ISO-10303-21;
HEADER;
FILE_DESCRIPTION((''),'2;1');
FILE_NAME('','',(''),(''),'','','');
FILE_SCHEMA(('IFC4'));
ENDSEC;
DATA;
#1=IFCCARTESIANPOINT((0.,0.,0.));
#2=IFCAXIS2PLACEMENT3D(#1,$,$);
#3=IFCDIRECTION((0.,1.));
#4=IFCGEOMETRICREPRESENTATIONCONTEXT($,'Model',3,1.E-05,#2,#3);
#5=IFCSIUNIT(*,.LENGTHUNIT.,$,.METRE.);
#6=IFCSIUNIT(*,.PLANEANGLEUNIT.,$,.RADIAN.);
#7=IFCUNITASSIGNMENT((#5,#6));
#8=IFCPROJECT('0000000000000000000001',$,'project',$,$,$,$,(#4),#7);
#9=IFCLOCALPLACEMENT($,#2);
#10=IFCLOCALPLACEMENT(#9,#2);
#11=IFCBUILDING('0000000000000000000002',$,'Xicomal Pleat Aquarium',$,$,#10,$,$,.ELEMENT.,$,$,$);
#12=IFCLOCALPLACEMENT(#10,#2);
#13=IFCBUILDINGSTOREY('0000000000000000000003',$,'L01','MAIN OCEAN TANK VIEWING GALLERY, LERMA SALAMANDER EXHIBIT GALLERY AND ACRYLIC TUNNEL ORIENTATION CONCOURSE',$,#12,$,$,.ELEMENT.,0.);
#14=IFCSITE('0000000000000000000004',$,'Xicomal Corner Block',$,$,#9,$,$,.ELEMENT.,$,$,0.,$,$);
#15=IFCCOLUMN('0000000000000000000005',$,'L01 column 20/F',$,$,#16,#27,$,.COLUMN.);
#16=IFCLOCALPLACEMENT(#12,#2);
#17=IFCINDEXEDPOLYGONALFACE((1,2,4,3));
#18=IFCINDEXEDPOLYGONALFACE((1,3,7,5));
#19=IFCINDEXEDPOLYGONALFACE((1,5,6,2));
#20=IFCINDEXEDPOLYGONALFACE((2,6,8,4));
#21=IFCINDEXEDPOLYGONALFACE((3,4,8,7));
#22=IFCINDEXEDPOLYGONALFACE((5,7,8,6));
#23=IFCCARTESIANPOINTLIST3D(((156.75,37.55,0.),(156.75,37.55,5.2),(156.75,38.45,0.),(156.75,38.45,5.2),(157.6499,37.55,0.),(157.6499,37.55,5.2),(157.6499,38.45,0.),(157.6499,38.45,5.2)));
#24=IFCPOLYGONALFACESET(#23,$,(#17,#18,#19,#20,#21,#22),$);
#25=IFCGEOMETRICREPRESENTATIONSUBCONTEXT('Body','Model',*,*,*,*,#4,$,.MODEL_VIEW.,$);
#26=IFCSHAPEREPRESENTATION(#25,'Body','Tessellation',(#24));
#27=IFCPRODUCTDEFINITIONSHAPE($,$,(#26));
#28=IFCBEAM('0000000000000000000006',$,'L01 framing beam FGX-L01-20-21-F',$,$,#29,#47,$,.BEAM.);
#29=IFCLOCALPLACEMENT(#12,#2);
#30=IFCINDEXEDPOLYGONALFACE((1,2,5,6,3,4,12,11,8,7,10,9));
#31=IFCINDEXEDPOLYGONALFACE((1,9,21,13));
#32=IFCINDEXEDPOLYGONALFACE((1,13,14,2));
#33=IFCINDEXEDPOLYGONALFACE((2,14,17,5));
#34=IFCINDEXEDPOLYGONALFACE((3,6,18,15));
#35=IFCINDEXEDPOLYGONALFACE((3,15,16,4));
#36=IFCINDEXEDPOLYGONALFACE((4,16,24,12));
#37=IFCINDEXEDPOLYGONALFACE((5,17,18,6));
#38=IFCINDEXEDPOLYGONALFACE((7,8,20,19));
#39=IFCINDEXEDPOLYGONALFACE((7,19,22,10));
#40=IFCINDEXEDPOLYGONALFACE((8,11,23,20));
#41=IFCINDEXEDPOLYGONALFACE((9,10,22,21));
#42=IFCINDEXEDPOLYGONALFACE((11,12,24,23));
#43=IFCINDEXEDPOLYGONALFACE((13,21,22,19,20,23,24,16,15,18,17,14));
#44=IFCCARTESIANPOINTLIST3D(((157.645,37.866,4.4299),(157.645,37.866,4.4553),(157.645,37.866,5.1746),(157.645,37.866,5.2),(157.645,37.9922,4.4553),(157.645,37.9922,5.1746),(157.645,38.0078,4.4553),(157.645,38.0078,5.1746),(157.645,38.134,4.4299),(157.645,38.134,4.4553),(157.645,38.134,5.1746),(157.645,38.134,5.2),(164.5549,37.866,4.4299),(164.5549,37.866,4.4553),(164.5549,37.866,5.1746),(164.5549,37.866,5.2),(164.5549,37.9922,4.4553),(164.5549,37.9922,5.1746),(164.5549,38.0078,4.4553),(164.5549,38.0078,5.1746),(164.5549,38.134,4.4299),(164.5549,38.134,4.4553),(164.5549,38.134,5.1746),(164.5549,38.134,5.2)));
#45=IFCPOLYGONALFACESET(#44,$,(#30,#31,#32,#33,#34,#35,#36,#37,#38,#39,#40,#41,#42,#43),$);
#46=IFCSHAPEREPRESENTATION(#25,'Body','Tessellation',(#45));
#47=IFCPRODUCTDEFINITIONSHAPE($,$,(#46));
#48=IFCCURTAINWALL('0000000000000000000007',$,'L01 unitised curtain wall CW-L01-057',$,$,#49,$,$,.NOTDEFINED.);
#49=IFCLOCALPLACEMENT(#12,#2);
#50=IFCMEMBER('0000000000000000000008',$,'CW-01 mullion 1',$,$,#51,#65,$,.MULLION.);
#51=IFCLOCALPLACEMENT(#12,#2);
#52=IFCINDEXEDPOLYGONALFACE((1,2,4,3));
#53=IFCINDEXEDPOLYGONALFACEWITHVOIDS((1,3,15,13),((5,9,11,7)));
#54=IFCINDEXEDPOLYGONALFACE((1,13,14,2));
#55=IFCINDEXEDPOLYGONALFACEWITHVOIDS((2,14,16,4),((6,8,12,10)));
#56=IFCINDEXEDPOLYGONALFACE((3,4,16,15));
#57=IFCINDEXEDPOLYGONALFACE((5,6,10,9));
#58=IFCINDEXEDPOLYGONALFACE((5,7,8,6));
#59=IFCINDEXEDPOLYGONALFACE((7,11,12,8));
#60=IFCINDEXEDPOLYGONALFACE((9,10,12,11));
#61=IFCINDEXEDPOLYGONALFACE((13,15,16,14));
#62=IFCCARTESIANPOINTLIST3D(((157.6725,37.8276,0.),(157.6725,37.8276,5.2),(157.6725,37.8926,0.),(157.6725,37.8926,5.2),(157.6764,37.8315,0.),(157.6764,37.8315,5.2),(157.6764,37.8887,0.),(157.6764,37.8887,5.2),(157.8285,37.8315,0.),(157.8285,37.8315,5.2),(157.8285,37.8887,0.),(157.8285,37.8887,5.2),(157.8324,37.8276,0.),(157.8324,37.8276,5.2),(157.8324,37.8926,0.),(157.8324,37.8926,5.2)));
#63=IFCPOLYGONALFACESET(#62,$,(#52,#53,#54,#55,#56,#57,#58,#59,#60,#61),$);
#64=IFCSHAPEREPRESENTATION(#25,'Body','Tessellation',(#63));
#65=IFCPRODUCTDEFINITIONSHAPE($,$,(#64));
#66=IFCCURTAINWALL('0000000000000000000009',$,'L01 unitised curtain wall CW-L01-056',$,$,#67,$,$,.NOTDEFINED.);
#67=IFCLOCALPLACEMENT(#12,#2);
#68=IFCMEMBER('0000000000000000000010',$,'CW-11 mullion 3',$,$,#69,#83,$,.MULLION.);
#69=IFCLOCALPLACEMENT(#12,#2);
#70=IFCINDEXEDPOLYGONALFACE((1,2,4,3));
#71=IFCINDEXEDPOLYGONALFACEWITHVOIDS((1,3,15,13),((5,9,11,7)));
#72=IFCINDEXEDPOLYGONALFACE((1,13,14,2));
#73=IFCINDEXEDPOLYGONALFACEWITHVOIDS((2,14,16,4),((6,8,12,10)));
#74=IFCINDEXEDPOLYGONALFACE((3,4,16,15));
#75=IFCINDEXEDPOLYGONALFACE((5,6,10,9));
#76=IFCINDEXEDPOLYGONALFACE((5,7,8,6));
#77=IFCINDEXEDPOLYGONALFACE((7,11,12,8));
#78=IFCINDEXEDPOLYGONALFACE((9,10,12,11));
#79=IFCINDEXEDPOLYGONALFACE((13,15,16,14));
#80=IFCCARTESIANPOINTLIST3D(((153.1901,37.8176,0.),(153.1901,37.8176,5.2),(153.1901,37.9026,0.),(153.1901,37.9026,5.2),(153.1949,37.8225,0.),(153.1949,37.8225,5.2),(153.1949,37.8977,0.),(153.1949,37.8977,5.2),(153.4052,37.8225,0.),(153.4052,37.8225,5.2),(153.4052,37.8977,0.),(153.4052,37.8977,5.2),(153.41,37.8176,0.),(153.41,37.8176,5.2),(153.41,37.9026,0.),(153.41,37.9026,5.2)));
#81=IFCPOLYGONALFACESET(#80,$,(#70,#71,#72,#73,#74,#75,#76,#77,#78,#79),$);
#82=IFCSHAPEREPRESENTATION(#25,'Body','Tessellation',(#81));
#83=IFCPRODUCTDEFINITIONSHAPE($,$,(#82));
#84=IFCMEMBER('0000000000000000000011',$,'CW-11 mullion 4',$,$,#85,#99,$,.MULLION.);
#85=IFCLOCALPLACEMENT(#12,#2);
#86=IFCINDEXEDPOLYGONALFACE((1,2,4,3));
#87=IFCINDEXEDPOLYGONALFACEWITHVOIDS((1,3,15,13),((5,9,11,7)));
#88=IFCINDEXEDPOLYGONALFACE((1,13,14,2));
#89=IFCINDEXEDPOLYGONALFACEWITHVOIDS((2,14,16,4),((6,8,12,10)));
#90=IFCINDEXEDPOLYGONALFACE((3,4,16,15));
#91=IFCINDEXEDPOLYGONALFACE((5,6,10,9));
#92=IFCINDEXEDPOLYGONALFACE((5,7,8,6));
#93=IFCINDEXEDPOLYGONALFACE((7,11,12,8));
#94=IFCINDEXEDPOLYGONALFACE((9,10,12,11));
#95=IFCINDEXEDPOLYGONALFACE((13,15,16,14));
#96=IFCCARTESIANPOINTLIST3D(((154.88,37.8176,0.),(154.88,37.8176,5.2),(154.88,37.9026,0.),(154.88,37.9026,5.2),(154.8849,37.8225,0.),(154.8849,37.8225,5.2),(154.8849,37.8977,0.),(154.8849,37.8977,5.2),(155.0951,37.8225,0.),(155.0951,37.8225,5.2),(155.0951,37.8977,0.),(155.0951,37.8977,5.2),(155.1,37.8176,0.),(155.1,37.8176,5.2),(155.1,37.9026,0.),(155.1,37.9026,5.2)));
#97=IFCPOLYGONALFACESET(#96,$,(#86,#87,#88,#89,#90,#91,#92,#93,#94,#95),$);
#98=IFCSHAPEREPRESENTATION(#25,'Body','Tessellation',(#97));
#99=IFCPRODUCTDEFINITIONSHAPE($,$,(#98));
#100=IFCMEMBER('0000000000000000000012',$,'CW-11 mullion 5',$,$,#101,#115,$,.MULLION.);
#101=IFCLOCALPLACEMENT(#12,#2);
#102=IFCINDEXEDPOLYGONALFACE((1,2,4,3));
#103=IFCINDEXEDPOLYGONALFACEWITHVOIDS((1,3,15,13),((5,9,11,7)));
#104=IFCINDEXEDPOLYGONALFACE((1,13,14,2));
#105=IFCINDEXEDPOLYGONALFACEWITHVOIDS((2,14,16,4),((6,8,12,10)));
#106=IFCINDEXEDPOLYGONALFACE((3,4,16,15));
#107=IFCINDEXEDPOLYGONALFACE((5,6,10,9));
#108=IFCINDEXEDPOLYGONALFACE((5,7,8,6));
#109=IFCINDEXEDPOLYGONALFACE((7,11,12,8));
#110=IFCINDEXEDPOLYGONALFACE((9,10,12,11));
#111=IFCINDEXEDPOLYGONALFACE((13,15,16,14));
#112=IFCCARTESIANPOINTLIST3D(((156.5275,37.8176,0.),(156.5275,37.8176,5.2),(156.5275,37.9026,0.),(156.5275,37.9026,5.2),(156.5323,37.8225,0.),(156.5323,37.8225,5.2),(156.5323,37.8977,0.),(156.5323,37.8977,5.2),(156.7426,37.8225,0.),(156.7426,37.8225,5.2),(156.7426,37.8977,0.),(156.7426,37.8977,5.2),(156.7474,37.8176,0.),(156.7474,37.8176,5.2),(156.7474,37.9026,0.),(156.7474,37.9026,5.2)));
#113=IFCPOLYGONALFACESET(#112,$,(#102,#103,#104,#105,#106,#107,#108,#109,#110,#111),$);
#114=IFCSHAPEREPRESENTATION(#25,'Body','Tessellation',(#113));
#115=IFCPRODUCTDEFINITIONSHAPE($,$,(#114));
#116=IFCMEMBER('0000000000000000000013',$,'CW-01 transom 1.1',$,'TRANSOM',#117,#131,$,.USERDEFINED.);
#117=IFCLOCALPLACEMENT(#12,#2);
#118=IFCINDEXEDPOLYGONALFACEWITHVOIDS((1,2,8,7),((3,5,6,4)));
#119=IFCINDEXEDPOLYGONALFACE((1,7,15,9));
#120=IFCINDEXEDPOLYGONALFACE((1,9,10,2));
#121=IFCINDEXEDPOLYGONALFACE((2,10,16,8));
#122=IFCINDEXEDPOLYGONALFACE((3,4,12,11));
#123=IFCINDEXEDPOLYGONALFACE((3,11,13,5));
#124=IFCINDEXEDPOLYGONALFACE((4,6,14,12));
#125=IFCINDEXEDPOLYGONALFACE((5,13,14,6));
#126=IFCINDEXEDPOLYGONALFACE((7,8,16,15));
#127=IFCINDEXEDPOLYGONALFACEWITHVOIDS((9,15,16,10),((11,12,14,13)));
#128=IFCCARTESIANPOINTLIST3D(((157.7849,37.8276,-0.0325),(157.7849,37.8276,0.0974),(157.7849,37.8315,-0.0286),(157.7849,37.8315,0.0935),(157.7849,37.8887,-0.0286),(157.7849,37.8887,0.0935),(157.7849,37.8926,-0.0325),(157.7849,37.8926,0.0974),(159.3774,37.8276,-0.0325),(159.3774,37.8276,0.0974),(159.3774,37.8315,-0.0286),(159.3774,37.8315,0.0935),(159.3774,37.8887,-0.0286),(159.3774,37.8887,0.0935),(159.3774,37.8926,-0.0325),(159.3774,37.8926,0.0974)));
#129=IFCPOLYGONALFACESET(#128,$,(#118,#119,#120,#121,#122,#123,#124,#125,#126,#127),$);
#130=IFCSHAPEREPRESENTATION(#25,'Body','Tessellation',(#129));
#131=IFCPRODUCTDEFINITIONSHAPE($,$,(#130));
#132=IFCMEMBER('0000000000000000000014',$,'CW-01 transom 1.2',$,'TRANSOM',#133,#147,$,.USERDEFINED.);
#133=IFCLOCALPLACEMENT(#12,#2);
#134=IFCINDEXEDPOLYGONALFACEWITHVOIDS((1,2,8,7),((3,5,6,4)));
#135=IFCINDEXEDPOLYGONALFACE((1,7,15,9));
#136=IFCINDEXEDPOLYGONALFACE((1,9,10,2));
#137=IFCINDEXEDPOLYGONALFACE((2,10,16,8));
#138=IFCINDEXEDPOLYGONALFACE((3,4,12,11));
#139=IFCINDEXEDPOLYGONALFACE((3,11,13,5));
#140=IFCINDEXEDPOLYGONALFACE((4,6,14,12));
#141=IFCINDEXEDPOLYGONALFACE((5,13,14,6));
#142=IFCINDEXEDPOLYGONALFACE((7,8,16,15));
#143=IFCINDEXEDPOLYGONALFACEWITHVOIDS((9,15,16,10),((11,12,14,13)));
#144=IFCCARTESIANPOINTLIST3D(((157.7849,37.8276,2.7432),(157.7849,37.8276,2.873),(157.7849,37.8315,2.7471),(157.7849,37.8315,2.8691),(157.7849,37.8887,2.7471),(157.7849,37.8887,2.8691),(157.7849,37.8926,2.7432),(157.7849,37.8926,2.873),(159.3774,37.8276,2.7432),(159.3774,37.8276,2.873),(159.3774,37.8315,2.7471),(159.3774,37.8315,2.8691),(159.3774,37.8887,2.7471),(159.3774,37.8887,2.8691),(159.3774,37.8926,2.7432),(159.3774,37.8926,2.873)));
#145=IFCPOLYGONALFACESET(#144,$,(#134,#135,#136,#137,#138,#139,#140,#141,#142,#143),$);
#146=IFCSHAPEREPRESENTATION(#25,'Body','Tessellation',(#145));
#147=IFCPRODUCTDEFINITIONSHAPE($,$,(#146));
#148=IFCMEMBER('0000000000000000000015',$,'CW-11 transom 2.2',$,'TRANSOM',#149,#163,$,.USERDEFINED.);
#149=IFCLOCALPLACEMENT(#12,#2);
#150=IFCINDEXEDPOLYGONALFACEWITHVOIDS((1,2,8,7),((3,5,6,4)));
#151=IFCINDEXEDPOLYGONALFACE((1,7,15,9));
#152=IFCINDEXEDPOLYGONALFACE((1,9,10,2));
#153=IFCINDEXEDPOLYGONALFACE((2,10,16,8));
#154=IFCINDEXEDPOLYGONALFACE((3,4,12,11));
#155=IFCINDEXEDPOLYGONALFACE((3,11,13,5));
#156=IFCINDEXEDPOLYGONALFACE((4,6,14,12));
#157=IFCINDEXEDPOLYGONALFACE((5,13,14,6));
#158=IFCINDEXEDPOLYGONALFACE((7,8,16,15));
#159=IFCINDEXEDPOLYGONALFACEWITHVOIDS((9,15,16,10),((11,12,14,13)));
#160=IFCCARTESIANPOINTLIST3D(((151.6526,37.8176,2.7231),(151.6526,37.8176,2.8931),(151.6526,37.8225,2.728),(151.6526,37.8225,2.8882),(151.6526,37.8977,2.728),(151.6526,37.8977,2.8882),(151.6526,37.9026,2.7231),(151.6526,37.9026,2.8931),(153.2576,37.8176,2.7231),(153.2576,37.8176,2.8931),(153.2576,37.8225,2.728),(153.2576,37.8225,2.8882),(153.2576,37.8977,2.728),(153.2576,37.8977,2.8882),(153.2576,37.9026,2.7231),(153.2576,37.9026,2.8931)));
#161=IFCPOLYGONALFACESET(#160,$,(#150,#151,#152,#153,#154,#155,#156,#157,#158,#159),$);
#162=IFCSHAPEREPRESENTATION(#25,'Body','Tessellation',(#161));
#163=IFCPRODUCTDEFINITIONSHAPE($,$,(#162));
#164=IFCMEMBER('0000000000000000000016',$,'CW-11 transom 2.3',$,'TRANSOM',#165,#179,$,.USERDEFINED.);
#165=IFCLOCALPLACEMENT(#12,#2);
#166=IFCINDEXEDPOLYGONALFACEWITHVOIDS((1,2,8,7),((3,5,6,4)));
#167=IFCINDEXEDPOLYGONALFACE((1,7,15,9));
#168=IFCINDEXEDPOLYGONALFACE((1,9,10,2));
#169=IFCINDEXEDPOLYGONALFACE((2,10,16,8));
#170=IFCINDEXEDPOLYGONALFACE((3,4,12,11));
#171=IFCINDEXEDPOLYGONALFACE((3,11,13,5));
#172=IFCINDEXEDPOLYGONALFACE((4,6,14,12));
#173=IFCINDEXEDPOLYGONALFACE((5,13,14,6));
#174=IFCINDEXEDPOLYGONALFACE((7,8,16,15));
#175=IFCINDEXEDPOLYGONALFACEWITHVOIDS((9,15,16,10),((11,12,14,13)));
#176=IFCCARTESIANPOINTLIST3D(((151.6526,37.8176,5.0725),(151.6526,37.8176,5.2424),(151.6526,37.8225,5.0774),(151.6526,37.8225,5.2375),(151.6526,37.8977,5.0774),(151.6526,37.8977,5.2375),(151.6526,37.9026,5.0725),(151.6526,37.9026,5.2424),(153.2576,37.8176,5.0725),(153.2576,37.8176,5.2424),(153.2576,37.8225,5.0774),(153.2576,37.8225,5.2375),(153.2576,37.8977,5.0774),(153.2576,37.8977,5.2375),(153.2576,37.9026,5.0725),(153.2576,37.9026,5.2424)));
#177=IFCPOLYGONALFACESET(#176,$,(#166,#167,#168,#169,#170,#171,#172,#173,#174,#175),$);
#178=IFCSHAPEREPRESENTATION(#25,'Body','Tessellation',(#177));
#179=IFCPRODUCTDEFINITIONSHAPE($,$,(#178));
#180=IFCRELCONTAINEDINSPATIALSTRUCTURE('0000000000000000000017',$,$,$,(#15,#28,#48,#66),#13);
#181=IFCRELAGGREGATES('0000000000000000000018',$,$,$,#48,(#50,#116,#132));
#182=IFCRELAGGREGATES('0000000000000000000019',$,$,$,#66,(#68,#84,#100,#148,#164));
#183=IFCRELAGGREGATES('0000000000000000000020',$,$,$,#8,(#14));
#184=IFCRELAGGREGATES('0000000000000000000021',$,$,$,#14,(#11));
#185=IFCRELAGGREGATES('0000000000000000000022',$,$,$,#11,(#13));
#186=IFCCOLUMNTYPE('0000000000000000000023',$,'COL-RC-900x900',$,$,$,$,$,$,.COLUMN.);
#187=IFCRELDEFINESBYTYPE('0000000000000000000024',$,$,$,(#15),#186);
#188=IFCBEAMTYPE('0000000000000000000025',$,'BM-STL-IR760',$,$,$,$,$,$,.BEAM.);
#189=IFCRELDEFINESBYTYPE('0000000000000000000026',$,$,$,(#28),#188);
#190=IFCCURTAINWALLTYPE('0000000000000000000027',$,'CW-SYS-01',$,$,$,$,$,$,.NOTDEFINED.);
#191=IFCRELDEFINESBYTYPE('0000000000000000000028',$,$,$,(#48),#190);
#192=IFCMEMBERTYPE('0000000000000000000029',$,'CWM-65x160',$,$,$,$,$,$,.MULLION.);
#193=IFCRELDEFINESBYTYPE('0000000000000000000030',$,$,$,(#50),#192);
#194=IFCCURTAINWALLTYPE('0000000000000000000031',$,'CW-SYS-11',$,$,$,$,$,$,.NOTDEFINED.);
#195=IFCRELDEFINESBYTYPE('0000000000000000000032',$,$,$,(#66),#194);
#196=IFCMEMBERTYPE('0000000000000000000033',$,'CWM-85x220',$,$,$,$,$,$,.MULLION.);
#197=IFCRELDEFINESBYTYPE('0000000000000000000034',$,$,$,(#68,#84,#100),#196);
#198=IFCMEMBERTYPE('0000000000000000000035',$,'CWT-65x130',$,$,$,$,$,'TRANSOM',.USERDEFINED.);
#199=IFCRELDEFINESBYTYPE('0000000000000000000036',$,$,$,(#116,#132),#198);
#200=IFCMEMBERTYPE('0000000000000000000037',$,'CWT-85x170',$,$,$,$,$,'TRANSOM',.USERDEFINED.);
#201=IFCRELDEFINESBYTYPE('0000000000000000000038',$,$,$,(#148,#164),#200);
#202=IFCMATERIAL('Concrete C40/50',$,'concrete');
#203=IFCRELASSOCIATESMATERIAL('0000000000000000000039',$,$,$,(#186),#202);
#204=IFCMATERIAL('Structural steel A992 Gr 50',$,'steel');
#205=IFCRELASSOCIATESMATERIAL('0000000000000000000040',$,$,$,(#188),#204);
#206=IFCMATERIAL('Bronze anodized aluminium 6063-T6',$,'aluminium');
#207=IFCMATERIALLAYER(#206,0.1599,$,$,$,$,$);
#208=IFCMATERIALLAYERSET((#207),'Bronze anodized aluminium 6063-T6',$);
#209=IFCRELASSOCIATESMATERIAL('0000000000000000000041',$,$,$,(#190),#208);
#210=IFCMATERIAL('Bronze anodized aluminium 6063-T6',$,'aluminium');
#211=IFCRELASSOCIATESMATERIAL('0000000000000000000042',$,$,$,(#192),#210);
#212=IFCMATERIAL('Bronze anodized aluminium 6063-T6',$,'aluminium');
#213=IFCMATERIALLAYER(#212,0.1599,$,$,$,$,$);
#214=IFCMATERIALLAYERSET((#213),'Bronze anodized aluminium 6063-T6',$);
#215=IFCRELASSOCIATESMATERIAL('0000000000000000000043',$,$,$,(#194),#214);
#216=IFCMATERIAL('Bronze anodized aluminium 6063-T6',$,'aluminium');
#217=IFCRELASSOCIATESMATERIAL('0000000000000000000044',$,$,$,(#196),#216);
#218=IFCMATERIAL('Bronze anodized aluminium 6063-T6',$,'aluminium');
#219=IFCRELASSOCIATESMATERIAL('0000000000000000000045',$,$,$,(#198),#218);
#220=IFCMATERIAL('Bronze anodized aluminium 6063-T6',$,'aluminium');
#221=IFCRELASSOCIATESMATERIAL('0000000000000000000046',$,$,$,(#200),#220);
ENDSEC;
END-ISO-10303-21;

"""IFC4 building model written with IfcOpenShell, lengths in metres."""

from ifc_helpers import new_model, si_unit, direction, frame, origin, origin_2d, place, context, subcontext, project, spatial, rectangle, hollow_rectangle, i_section, extrude, material, layer, layer_set, material_profile, profile_set, type_object, element, aggregate, save


model = new_model("IFC4")

# Units and contexts
model_context = context("Model", 3, precision=1e-05, world=origin(), true_north=direction((0.0, 1.0)))
body_context = subcontext(model_context, "Body", "Model", "MODEL_VIEW")
ifc_project = project(units=[si_unit("LENGTHUNIT", "METRE"), si_unit("PLANEANGLEUNIT", "RADIAN")], contexts=[model_context])

# Site, building, storey
site_placement = place(None, origin())
site = spatial("IfcSite", under=ifc_project, at=site_placement, Name="Xicomal Corner Block", CompositionType="ELEMENT", RefElevation=0.0)
building_placement = place(site_placement, origin())
building = spatial("IfcBuilding", under=site, at=building_placement, Name="Xicomal Pleat Aquarium", CompositionType="ELEMENT")
storey_placement = place(building_placement, origin())
storey = spatial("IfcBuildingStorey", under=building, at=storey_placement, Name="L01", Description="MAIN OCEAN TANK VIEWING GALLERY, LERMA SALAMANDER EXHIBIT GALLERY AND ACRYLIC TUNNEL ORIENTATION CONCOURSE", CompositionType="ELEMENT", Elevation=0.0)

# Column
ifc_material_1 = material(Name="Concrete C40/50", Category="concrete")
ifc_material_profile_1 = material_profile(ifc_material_1, rectangle(XDim=0.8999, YDim=0.8999, at=origin_2d()), Name="RC 900x900")
ifc_profile_set_1 = profile_set([ifc_material_profile_1], Name="Concrete C40/50")
column_type = type_object("IfcColumnType", Name="COL-RC-900x900", PredefinedType="COLUMN", material=ifc_profile_set_1)
column_placement = place(storey_placement, frame((157.2, 38.0, 0.0), z_axis=(0.0, 0.0, 1.0), x_axis=(1.0, 0.0, 0.0)))
element("IfcColumn", 1, at=column_placement, inside=storey, type_object=column_type, Name="L01 column 20/F", PredefinedType="COLUMN", context=body_context, shape_type="SweptSolid", body=[
    extrude(rectangle(XDim=0.8999, YDim=0.8999, at=origin_2d()), origin(), (0.0, 0.0, 1.0), 5.2),
])

# Beam
ifc_material_2 = material(Name="Structural steel A992 Gr 50", Category="steel")
ifc_material_profile_2 = material_profile(ifc_material_2, i_section(OverallWidth=0.2681, OverallDepth=0.77, WebThickness=0.0156, FlangeThickness=0.0254, at=origin_2d()), Name="IR 760x196")
ifc_profile_set_2 = profile_set([ifc_material_profile_2], Name="Structural steel A992 Gr 50")
beam_type = type_object("IfcBeamType", Name="BM-STL-IR760", PredefinedType="BEAM", material=ifc_profile_set_2)
beam_placement = place(storey_placement, frame((157.645, 38.0, 4.8149), z_axis=(1.0, 0.0, 0.0), x_axis=(0.0, 1.0, 0.0)))
element("IfcBeam", 2, at=beam_placement, inside=storey, type_object=beam_type, Name="L01 framing beam FGX-L01-20-21-F", PredefinedType="BEAM", context=body_context, shape_type="SweptSolid", body=[
    extrude(i_section(OverallWidth=0.2681, OverallDepth=0.77, WebThickness=0.0156, FlangeThickness=0.0254, at=origin_2d()), origin(), (0.0, 0.0, 1.0), 6.9099),
])

# Curtain wall, member
ifc_material_3 = material(Name="Bronze anodized aluminium 6063-T6", Category="aluminium")
ifc_layer_1 = layer(ifc_material_3, 0.1599)
ifc_layer_set_1 = layer_set([ifc_layer_1], Name="Bronze anodized aluminium 6063-T6")
curtain_wall_type_1 = type_object("IfcCurtainWallType", Name="CW-SYS-01", PredefinedType="NOTDEFINED", material=ifc_layer_set_1)
curtain_wall_1_placement = place(storey_placement, origin())
curtain_wall_1 = element("IfcCurtainWall", 3, at=curtain_wall_1_placement, inside=storey, type_object=curtain_wall_type_1, Name="L01 unitised curtain wall CW-L01-057", PredefinedType="NOTDEFINED")
ifc_material_4 = material(Name="Bronze anodized aluminium 6063-T6", Category="aluminium")
ifc_material_profile_3 = material_profile(ifc_material_4, hollow_rectangle(XDim=0.0649, YDim=0.1599, WallThickness=0.0039, at=origin_2d()), Name="ALU MULL 65x160")
ifc_profile_set_3 = profile_set([ifc_material_profile_3], Name="Bronze anodized aluminium 6063-T6")
member_type_1 = type_object("IfcMemberType", Name="CWM-65x160", PredefinedType="MULLION", material=ifc_profile_set_3)
member_1_placement = place(storey_placement, frame((157.7524, 37.8601, 0.0), z_axis=(0.0, 0.0, 1.0), x_axis=(0.0, 1.0, 0.0)))
member_1 = element("IfcMember", 4, at=member_1_placement, type_object=member_type_1, Name="CW-01 mullion 1", PredefinedType="MULLION", context=body_context, shape_type="SweptSolid", body=[
    extrude(hollow_rectangle(XDim=0.0649, YDim=0.1599, WallThickness=0.0039, at=origin_2d()), origin(), (0.0, 0.0, 1.0), 5.2),
])

# Curtain wall, members
ifc_material_5 = material(Name="Bronze anodized aluminium 6063-T6", Category="aluminium")
ifc_layer_2 = layer(ifc_material_5, 0.1599)
ifc_layer_set_2 = layer_set([ifc_layer_2], Name="Bronze anodized aluminium 6063-T6")
curtain_wall_type_2 = type_object("IfcCurtainWallType", Name="CW-SYS-11", PredefinedType="NOTDEFINED", material=ifc_layer_set_2)
curtain_wall_2_placement = place(storey_placement, origin())
curtain_wall_2 = element("IfcCurtainWall", 5, at=curtain_wall_2_placement, inside=storey, type_object=curtain_wall_type_2, Name="L01 unitised curtain wall CW-L01-056", PredefinedType="NOTDEFINED")
ifc_material_6 = material(Name="Bronze anodized aluminium 6063-T6", Category="aluminium")
ifc_material_profile_4 = material_profile(ifc_material_6, hollow_rectangle(XDim=0.085, YDim=0.22, WallThickness=0.0049, at=origin_2d()), Name="ALU MULL 85x220")
ifc_profile_set_4 = profile_set([ifc_material_profile_4], Name="Bronze anodized aluminium 6063-T6")
member_type_2 = type_object("IfcMemberType", Name="CWM-85x220", PredefinedType="MULLION", material=ifc_profile_set_4)
member_2_placement = place(storey_placement, frame((153.3, 37.8601, 0.0), z_axis=(0.0, 0.0, 1.0), x_axis=(0.0, 1.0, 0.0)))
member_2 = element("IfcMember", 6, at=member_2_placement, type_object=member_type_2, Name="CW-11 mullion 3", PredefinedType="MULLION", context=body_context, shape_type="SweptSolid", body=[
    extrude(hollow_rectangle(XDim=0.085, YDim=0.22, WallThickness=0.0049, at=origin_2d()), origin(), (0.0, 0.0, 1.0), 5.2),
])
member_3_placement = place(storey_placement, frame((154.99, 37.8601, 0.0), z_axis=(0.0, 0.0, 1.0), x_axis=(0.0, 1.0, 0.0)))
member_3 = element("IfcMember", 7, at=member_3_placement, type_object=member_type_2, Name="CW-11 mullion 4", PredefinedType="MULLION", context=body_context, shape_type="SweptSolid", body=[
    extrude(hollow_rectangle(XDim=0.085, YDim=0.22, WallThickness=0.0049, at=origin_2d()), origin(), (0.0, 0.0, 1.0), 5.2),
])
member_4_placement = place(storey_placement, frame((156.6375, 37.8601, 0.0), z_axis=(0.0, 0.0, 1.0), x_axis=(0.0, 1.0, 0.0)))
member_4 = element("IfcMember", 8, at=member_4_placement, type_object=member_type_2, Name="CW-11 mullion 5", PredefinedType="MULLION", context=body_context, shape_type="SweptSolid", body=[
    extrude(hollow_rectangle(XDim=0.085, YDim=0.22, WallThickness=0.0049, at=origin_2d()), origin(), (0.0, 0.0, 1.0), 5.2),
])

# Members
ifc_material_7 = material(Name="Bronze anodized aluminium 6063-T6", Category="aluminium")
ifc_material_profile_5 = material_profile(ifc_material_7, hollow_rectangle(XDim=0.0649, YDim=0.1299, WallThickness=0.0039, at=origin_2d()), Name="ALU TRAN 65x130")
ifc_profile_set_5 = profile_set([ifc_material_profile_5], Name="Bronze anodized aluminium 6063-T6")
member_type_3 = type_object("IfcMemberType", Name="CWT-65x130", ElementType="TRANSOM", PredefinedType="USERDEFINED", material=ifc_profile_set_5)
member_5_placement = place(storey_placement, frame((157.7849, 37.8601, 0.0325), z_axis=(1.0, 0.0, 0.0), x_axis=(0.0, 1.0, 0.0)))
member_5 = element("IfcMember", 9, at=member_5_placement, type_object=member_type_3, Name="CW-01 transom 1.1", ObjectType="TRANSOM", PredefinedType="USERDEFINED", context=body_context, shape_type="SweptSolid", body=[
    extrude(hollow_rectangle(XDim=0.0649, YDim=0.1299, WallThickness=0.0039, at=origin_2d()), origin(), (0.0, 0.0, 1.0), 1.5925),
])
member_6_placement = place(storey_placement, frame((157.7849, 37.8601, 2.8081), z_axis=(1.0, 0.0, 0.0), x_axis=(0.0, 1.0, 0.0)))
member_6 = element("IfcMember", 10, at=member_6_placement, type_object=member_type_3, Name="CW-01 transom 1.2", ObjectType="TRANSOM", PredefinedType="USERDEFINED", context=body_context, shape_type="SweptSolid", body=[
    extrude(hollow_rectangle(XDim=0.0649, YDim=0.1299, WallThickness=0.0039, at=origin_2d()), origin(), (0.0, 0.0, 1.0), 1.5925),
])
aggregate(curtain_wall_1, [member_1, member_5, member_6])
ifc_material_8 = material(Name="Bronze anodized aluminium 6063-T6", Category="aluminium")
ifc_material_profile_6 = material_profile(ifc_material_8, hollow_rectangle(XDim=0.085, YDim=0.1699, WallThickness=0.0049, at=origin_2d()), Name="ALU TRAN 85x170")
ifc_profile_set_6 = profile_set([ifc_material_profile_6], Name="Bronze anodized aluminium 6063-T6")
member_type_4 = type_object("IfcMemberType", Name="CWT-85x170", ElementType="TRANSOM", PredefinedType="USERDEFINED", material=ifc_profile_set_6)
member_7_placement = place(storey_placement, frame((151.6526, 37.8601, 2.8081), z_axis=(1.0, 0.0, 0.0), x_axis=(0.0, 1.0, 0.0)))
member_7 = element("IfcMember", 11, at=member_7_placement, type_object=member_type_4, Name="CW-11 transom 2.2", ObjectType="TRANSOM", PredefinedType="USERDEFINED", context=body_context, shape_type="SweptSolid", body=[
    extrude(hollow_rectangle(XDim=0.085, YDim=0.1699, WallThickness=0.0049, at=origin_2d()), origin(), (0.0, 0.0, 1.0), 1.605),
])
member_8_placement = place(storey_placement, frame((151.6526, 37.8601, 5.1575), z_axis=(1.0, 0.0, 0.0), x_axis=(0.0, 1.0, 0.0)))
member_8 = element("IfcMember", 12, at=member_8_placement, type_object=member_type_4, Name="CW-11 transom 2.3", ObjectType="TRANSOM", PredefinedType="USERDEFINED", context=body_context, shape_type="SweptSolid", body=[
    extrude(hollow_rectangle(XDim=0.085, YDim=0.1699, WallThickness=0.0049, at=origin_2d()), origin(), (0.0, 0.0, 1.0), 1.605),
])

aggregate(curtain_wall_2, [member_2, member_3, member_4, member_7, member_8])

save(model, "model.ifc")
